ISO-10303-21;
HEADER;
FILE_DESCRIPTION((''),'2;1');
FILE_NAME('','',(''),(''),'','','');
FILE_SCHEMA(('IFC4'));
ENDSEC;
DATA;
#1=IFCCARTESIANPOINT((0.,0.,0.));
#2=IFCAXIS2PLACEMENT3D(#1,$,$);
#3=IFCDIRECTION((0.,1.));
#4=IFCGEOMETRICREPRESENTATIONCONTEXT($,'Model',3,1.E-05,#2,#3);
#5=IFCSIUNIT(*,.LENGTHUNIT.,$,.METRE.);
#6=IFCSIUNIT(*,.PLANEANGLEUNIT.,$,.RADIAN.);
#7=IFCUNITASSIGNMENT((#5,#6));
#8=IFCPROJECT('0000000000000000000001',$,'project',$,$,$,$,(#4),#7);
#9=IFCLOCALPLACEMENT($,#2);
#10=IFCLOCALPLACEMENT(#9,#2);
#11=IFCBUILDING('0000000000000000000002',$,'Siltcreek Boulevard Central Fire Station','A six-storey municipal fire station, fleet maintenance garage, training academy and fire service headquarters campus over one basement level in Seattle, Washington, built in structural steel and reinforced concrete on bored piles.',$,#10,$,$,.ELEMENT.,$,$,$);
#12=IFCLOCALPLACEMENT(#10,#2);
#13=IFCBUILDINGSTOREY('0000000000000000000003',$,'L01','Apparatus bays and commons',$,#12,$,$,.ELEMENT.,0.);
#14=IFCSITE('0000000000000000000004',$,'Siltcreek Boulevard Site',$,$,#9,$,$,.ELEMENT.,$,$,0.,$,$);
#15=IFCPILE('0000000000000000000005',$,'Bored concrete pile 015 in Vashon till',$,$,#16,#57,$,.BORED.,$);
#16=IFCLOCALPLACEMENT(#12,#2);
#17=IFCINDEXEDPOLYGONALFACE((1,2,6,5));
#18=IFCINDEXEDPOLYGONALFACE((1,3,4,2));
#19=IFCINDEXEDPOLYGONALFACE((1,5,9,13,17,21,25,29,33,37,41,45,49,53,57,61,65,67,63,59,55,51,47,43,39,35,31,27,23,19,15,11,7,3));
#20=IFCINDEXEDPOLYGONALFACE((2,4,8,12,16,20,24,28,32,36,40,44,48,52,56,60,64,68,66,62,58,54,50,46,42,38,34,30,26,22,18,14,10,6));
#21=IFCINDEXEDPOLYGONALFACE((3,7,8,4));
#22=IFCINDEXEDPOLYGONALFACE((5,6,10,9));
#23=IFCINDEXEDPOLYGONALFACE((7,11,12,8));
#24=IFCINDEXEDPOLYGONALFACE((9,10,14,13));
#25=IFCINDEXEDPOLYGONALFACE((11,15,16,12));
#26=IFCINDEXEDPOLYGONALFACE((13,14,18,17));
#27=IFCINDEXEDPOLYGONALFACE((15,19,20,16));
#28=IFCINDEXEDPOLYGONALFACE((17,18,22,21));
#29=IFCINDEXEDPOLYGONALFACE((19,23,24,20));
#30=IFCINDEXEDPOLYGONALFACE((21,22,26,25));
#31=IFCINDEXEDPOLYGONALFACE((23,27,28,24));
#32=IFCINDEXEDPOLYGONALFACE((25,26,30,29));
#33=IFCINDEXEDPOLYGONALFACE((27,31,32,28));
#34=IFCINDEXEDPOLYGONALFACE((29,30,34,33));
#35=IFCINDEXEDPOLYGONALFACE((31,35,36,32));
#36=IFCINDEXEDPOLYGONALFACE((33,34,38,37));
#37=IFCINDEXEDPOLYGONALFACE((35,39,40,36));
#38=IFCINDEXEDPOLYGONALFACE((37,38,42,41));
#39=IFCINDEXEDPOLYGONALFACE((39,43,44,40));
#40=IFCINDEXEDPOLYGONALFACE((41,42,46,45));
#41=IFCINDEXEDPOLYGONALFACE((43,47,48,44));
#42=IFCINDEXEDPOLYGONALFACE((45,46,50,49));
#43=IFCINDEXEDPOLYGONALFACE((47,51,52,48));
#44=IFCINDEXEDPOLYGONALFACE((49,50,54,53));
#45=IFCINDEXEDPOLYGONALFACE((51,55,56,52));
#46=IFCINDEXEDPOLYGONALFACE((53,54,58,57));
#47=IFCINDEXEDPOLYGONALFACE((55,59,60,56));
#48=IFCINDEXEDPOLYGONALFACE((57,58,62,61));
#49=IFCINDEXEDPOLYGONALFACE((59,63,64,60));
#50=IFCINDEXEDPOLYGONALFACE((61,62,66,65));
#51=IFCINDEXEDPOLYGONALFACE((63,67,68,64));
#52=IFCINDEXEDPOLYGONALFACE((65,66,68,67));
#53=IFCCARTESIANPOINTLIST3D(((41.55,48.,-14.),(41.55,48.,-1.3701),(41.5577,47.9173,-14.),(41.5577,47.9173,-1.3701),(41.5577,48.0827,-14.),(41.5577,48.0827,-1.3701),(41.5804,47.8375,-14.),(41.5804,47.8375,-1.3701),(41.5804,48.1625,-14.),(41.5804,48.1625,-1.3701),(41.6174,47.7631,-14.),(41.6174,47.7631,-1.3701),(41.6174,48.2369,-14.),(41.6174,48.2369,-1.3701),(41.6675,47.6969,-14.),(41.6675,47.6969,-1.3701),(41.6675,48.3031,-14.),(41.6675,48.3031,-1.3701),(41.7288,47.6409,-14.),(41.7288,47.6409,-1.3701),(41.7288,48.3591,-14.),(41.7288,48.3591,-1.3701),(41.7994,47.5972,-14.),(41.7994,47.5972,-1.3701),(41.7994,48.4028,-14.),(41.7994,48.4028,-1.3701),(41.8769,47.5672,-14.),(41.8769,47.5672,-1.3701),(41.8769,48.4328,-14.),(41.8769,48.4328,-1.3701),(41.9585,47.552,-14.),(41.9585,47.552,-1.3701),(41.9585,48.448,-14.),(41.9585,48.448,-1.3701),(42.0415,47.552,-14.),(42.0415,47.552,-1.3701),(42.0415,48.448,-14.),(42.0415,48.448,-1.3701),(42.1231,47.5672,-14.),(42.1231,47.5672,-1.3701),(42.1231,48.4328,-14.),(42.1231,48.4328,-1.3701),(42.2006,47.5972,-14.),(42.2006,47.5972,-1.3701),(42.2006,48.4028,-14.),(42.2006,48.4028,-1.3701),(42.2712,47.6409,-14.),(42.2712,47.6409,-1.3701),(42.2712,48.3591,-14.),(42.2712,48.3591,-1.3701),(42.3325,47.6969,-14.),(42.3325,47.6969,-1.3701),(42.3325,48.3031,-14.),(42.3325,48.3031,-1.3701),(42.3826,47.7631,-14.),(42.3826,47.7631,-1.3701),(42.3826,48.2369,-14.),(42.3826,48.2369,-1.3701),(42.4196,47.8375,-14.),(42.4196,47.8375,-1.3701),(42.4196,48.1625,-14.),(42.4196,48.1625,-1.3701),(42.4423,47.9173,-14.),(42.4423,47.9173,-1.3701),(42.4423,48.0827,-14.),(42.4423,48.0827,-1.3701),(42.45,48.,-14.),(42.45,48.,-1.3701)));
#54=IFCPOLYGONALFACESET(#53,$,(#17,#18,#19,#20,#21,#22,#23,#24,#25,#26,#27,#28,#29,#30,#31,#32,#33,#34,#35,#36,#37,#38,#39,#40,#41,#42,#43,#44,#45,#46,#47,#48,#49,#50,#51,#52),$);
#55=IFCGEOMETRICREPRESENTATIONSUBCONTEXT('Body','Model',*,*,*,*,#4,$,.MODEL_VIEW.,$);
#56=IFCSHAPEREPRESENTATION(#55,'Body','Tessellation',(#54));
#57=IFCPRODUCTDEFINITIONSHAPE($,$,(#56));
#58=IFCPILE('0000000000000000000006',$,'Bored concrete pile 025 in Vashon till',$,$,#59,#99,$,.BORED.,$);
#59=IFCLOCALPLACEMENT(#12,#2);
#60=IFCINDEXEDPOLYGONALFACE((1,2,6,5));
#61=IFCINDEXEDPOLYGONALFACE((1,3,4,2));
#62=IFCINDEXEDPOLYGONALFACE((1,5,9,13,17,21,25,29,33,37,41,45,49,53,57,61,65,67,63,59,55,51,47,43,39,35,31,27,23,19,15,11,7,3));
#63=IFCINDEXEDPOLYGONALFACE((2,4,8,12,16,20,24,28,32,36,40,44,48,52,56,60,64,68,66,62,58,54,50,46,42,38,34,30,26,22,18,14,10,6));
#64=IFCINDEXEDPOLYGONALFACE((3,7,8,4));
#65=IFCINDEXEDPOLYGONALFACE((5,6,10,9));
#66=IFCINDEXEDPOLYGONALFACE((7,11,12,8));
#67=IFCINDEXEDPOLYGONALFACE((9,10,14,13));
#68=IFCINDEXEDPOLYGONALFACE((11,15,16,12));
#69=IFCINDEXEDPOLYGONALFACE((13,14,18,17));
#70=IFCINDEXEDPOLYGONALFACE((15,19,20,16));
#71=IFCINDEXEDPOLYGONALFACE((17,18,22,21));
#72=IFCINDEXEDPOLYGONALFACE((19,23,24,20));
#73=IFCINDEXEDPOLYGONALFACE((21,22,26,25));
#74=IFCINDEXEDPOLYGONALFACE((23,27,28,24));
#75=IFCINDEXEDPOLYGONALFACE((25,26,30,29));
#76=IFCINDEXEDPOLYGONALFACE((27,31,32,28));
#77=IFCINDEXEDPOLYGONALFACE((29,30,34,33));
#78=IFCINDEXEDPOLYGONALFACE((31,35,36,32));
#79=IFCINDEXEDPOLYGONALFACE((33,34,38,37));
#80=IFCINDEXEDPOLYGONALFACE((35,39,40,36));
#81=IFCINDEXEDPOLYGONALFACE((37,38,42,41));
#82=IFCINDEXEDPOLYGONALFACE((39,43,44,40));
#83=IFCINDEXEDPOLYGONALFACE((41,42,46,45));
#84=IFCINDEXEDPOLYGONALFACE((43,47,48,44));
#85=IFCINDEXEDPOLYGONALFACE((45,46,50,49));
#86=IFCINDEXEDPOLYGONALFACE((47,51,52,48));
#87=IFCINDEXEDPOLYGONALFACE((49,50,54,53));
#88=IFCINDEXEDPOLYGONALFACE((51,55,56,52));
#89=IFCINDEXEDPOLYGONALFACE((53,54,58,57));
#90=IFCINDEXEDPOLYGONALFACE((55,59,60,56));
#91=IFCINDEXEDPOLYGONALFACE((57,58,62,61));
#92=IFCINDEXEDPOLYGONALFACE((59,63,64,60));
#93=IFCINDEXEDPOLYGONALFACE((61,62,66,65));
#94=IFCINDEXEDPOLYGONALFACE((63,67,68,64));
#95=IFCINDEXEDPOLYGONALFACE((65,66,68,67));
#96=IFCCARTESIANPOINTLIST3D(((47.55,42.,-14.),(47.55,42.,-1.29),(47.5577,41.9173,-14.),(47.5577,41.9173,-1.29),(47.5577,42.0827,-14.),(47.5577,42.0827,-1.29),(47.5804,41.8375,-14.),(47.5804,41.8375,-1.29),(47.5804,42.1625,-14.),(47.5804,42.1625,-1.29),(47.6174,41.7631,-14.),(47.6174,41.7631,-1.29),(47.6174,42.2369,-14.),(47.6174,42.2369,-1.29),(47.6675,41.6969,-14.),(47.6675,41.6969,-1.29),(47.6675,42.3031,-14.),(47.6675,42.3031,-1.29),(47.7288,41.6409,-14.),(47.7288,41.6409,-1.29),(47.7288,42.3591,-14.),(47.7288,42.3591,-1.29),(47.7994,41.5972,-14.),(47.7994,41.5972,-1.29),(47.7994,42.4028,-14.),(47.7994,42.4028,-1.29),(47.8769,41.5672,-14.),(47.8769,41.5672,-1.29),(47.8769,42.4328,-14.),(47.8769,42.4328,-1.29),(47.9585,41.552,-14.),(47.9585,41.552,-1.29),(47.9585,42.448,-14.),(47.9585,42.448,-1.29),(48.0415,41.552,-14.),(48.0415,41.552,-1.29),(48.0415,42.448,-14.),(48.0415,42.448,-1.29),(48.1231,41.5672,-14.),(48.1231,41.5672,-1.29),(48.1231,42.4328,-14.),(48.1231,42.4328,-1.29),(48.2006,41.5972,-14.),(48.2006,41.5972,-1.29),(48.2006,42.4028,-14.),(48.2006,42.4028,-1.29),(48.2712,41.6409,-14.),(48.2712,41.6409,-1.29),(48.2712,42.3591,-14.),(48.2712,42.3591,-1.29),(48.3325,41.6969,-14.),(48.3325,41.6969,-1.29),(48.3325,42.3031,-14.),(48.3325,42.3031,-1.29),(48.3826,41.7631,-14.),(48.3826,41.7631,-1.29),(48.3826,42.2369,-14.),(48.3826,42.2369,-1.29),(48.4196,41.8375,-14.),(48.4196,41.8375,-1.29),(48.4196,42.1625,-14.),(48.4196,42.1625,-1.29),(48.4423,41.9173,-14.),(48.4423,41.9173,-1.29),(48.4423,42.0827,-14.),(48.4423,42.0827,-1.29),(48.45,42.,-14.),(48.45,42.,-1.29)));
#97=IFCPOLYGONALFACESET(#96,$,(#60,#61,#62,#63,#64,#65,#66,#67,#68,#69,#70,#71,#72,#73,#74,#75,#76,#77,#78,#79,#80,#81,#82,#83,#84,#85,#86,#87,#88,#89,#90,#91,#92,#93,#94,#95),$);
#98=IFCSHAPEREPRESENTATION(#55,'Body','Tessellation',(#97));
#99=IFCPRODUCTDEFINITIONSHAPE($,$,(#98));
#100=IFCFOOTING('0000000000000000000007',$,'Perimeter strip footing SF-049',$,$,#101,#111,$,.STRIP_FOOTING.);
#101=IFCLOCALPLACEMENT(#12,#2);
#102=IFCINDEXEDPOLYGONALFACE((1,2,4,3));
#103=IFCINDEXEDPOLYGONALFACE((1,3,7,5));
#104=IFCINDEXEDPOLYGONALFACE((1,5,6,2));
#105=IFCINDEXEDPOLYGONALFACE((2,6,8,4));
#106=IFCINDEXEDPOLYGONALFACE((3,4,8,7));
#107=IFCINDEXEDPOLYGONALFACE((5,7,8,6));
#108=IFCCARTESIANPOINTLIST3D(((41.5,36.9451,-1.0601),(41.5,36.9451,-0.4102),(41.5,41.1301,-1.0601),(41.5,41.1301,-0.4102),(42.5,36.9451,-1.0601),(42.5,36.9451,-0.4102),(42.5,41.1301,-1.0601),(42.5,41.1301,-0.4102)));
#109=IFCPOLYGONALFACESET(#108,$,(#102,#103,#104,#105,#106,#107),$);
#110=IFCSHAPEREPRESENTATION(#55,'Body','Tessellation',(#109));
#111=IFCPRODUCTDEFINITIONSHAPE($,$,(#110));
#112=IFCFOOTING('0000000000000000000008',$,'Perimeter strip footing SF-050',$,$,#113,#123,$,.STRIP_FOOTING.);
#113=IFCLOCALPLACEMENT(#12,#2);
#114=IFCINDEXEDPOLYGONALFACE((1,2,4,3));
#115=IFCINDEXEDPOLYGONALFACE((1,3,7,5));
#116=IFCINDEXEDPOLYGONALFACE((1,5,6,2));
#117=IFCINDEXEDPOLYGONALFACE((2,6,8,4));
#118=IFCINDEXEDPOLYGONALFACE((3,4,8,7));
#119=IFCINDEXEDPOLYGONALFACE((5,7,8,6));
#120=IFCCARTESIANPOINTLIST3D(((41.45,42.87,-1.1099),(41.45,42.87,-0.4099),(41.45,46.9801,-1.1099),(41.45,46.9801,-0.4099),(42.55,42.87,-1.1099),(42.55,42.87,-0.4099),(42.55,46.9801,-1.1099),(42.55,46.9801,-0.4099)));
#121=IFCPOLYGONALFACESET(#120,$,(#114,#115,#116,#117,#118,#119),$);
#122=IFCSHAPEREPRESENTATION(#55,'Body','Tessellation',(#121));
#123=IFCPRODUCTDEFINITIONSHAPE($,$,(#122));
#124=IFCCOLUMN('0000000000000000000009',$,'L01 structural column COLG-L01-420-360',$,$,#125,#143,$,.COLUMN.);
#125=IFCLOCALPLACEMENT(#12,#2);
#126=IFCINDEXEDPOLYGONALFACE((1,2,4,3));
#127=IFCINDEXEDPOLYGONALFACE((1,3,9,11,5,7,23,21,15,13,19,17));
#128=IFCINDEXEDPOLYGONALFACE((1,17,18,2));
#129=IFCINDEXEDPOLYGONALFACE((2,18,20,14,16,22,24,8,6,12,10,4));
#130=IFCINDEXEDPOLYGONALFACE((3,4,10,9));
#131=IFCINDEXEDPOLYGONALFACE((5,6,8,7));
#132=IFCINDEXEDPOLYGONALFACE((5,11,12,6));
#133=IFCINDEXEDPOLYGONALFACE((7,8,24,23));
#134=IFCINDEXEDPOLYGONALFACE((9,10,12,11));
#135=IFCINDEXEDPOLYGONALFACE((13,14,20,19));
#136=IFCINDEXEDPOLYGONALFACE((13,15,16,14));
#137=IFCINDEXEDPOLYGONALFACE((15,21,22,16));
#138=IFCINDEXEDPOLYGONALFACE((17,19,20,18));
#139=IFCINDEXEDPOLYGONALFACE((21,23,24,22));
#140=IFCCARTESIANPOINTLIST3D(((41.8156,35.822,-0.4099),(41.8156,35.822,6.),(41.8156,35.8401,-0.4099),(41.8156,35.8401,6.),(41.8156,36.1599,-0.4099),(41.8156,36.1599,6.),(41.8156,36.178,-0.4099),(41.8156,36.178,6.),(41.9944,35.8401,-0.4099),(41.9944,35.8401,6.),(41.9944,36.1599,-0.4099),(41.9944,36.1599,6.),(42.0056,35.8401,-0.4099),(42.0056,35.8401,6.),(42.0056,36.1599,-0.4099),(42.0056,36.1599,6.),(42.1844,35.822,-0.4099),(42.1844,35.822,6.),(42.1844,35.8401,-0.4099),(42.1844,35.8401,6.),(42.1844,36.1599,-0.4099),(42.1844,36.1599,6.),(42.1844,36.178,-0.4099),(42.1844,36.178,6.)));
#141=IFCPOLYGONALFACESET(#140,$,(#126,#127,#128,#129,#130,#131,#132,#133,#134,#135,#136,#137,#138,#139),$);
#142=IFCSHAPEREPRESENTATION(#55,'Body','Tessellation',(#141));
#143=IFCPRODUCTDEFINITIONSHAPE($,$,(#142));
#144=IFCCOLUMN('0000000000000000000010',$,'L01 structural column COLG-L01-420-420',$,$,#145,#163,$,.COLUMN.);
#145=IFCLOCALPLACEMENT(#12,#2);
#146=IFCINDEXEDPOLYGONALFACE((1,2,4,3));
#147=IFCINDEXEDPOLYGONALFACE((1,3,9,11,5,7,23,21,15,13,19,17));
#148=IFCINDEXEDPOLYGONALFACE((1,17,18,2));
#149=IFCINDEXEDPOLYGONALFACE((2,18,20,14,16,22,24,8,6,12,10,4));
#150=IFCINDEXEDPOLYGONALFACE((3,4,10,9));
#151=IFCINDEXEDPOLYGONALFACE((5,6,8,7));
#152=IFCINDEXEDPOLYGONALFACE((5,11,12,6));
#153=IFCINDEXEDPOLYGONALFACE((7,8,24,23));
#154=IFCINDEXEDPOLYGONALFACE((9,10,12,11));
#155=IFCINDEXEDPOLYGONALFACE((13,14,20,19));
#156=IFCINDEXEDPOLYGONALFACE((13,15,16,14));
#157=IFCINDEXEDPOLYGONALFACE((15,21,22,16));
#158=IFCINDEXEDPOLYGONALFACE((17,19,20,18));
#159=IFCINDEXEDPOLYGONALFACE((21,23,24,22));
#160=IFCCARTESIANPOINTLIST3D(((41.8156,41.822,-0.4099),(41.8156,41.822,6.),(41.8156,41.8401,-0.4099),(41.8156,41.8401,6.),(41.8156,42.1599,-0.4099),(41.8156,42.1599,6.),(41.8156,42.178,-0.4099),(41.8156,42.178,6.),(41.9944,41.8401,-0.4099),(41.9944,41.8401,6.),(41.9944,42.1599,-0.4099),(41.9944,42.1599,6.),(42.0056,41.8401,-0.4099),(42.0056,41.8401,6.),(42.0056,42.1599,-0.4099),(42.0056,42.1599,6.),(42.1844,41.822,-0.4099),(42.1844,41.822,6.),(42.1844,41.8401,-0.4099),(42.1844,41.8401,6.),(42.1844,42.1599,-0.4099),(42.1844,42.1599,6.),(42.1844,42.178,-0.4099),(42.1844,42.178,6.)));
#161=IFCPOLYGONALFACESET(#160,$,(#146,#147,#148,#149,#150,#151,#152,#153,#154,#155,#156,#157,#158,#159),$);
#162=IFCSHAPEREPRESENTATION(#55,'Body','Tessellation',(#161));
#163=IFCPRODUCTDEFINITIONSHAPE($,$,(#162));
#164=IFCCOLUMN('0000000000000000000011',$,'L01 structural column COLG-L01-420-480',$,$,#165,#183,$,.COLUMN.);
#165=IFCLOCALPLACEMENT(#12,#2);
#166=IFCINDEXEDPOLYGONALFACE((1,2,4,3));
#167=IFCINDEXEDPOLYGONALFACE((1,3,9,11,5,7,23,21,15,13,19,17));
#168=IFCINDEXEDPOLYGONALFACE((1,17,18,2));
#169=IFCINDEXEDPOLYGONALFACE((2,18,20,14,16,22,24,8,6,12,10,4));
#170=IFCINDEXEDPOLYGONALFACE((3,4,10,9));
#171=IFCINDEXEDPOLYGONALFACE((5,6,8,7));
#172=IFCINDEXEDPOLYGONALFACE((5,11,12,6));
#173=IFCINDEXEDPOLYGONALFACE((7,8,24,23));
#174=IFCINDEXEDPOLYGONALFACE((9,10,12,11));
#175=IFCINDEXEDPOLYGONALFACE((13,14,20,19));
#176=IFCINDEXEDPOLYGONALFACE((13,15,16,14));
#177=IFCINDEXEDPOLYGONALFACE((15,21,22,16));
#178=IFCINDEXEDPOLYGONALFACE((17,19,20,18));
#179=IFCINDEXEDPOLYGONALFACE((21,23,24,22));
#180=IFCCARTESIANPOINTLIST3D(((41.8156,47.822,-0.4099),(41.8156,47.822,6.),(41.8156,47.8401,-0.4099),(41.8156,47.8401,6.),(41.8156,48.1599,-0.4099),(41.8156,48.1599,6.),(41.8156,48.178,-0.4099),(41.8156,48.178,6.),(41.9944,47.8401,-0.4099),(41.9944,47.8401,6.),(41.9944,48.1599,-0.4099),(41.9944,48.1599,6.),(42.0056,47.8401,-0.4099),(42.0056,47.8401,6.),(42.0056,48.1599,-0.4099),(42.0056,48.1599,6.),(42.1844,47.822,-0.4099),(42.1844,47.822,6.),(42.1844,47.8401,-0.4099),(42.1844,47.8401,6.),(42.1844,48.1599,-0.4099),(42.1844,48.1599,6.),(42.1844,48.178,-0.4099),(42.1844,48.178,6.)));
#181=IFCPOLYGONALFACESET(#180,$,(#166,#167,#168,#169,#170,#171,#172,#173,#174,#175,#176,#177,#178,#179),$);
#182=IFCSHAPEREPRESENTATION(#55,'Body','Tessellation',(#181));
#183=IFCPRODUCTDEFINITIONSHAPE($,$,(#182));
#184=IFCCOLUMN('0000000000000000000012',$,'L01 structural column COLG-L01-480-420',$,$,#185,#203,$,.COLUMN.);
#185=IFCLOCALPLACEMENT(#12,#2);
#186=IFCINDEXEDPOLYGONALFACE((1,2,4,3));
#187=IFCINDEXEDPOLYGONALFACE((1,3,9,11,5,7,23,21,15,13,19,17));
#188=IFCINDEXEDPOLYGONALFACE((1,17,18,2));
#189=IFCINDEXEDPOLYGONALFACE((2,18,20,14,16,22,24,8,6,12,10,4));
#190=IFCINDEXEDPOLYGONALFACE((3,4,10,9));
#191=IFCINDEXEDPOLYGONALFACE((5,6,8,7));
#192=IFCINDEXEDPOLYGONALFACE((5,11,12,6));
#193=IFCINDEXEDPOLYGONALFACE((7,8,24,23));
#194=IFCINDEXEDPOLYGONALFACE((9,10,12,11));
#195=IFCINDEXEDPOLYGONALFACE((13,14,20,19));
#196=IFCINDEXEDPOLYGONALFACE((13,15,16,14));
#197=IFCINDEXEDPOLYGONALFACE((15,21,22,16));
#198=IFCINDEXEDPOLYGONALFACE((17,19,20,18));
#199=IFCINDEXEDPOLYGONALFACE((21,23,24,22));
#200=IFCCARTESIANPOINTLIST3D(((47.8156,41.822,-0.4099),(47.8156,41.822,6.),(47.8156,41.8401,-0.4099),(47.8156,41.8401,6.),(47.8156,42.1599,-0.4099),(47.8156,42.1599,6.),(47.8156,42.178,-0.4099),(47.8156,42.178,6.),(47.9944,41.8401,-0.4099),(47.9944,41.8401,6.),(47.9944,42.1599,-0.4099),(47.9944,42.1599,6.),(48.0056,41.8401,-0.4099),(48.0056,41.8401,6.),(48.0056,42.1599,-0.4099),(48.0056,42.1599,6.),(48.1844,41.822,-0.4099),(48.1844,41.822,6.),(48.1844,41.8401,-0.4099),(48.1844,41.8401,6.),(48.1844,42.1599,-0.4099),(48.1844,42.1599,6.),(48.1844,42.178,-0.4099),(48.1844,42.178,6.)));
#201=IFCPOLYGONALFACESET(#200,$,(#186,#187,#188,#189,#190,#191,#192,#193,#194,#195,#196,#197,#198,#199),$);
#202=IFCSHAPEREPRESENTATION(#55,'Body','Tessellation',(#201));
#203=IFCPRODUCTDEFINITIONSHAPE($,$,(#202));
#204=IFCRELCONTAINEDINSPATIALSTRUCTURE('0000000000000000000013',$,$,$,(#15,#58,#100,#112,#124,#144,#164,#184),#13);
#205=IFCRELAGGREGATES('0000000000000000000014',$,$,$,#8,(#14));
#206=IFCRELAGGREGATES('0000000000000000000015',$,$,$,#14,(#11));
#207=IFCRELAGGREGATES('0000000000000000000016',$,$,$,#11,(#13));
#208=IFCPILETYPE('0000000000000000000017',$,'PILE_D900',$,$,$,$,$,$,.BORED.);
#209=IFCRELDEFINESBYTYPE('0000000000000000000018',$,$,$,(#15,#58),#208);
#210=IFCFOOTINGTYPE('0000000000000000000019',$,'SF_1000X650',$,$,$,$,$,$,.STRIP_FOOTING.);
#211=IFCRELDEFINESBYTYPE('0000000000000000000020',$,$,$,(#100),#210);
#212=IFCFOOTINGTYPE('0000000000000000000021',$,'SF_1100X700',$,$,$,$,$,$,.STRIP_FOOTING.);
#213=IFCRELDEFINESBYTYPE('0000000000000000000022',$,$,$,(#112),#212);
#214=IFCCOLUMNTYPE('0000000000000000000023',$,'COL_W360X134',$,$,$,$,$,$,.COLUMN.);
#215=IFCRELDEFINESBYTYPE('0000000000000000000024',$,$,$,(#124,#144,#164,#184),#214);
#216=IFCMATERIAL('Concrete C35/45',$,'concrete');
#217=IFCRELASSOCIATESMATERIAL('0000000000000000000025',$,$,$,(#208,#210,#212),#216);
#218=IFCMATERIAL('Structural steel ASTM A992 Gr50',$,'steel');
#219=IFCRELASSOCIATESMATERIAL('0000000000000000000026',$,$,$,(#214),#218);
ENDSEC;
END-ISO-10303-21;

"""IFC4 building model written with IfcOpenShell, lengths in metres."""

from ifc_helpers import new_model, si_unit, direction, frame, origin, origin_2d, place, context, subcontext, project, spatial, rectangle, circle, i_section, extrude, material, material_profile, profile_set, type_object, element, save


model = new_model("IFC4")

# Units and contexts
model_context = context("Model", 3, precision=1e-05, world=origin(), true_north=direction((0.0, 1.0)))
body_context = subcontext(model_context, "Body", "Model", "MODEL_VIEW")
ifc_project = project(units=[si_unit("LENGTHUNIT", "METRE"), si_unit("PLANEANGLEUNIT", "RADIAN")], contexts=[model_context])

# Site, building, storey
site_placement = place(None, origin())
site = spatial("IfcSite", under=ifc_project, at=site_placement, Name="Siltcreek Boulevard Site", CompositionType="ELEMENT", RefElevation=0.0)
building_placement = place(site_placement, origin())
building = spatial("IfcBuilding", under=site, at=building_placement, Name="Siltcreek Boulevard Central Fire Station", Description="A six-storey municipal fire station, fleet maintenance garage, training academy and fire service headquarters campus over one basement level in Seattle, Washington, built in structural steel and reinforced concrete on bored piles.", CompositionType="ELEMENT")
storey_placement = place(building_placement, origin())
storey = spatial("IfcBuildingStorey", under=building, at=storey_placement, Name="L01", Description="Apparatus bays and commons", CompositionType="ELEMENT", Elevation=0.0)

# Shared definitions
ifc_material_1 = material(Name="Concrete C35/45", Category="concrete")

# Piles
ifc_material_profile_1 = material_profile(ifc_material_1, circle(Radius=0.45, at=origin_2d()), Name="SHAFT900")
ifc_profile_set_1 = profile_set([ifc_material_profile_1], Name="Concrete C35/45")
pile_type_1 = type_object("IfcPileType", Name="PILE_D900", PredefinedType="BORED", material=ifc_profile_set_1)
for number, where, z_axis, x_axis, name in (
    (1, (42.0, 48.0, -1.3701), (0.0, 0.0, -1.0), (1.0, 0.0, 0.0), "Bored concrete pile 015 in Vashon till"),
):
    element("IfcPile", number, at=place(storey_placement, frame(where, z_axis=z_axis, x_axis=x_axis)), inside=storey, type_object=pile_type_1, Name=name, PredefinedType="BORED", context=body_context, shape_type="SweptSolid", body=[
        extrude(circle(Radius=0.45, at=origin_2d()), origin(), (0.0, 0.0, 1.0), 12.6299),
    ])
pile_1_placement = place(storey_placement, frame((48.0, 42.0, -1.29), z_axis=(0.0, 0.0, -1.0), x_axis=(1.0, 0.0, 0.0)))
element("IfcPile", 2, at=pile_1_placement, inside=storey, type_object=pile_type_1, Name="Bored concrete pile 025 in Vashon till", PredefinedType="BORED", context=body_context, shape_type="SweptSolid", body=[
    extrude(circle(Radius=0.45, at=origin_2d()), origin(), (0.0, 0.0, 1.0), 12.71),
])

# Footings
footing_type_1 = type_object("IfcFootingType", Name="SF_1000X650", PredefinedType="STRIP_FOOTING", material=ifc_material_1)
footing_1_placement = place(storey_placement, frame((42.0, 39.0376, -1.0601), z_axis=(0.0, 0.0, 1.0), x_axis=(1.0, 0.0, 0.0)))
element("IfcFooting", 3, at=footing_1_placement, inside=storey, type_object=footing_type_1, Name="Perimeter strip footing SF-049", PredefinedType="STRIP_FOOTING", context=body_context, shape_type="SweptSolid", body=[
    extrude(rectangle(XDim=1.0, YDim=4.1851, at=origin_2d()), origin(), (0.0, 0.0, 1.0), 0.6499),
])
footing_type_2 = type_object("IfcFootingType", Name="SF_1100X700", PredefinedType="STRIP_FOOTING", material=ifc_material_1)
footing_2_placement = place(storey_placement, frame((42.0, 44.925, -1.1099), z_axis=(0.0, 0.0, 1.0), x_axis=(1.0, 0.0, 0.0)))
element("IfcFooting", 4, at=footing_2_placement, inside=storey, type_object=footing_type_2, Name="Perimeter strip footing SF-050", PredefinedType="STRIP_FOOTING", context=body_context, shape_type="SweptSolid", body=[
    extrude(rectangle(XDim=1.1001, YDim=4.1101, at=origin_2d()), origin(), (0.0, 0.0, 1.0), 0.7),
])

# Columns
ifc_material_2 = material(Name="Structural steel ASTM A992 Gr50", Category="steel")
ifc_material_profile_2 = material_profile(ifc_material_2, i_section(OverallWidth=0.3689, OverallDepth=0.356, WebThickness=0.0112, FlangeThickness=0.0181, at=origin_2d()), Name="W360X134")
ifc_profile_set_2 = profile_set([ifc_material_profile_2], Name="Structural steel ASTM A992 Gr50")
column_type = type_object("IfcColumnType", Name="COL_W360X134", PredefinedType="COLUMN", material=ifc_profile_set_2)
for number, where, z_axis, x_axis, name in (
    (5, (42.0, 36.0, -0.4099), (0.0, 0.0, 1.0), (1.0, 0.0, 0.0), "L01 structural column COLG-L01-420-360"),
    (6, (42.0, 42.0, -0.4099), (0.0, 0.0, 1.0), (1.0, 0.0, 0.0), "L01 structural column COLG-L01-420-420"),
    (7, (42.0, 48.0, -0.4099), (0.0, 0.0, 1.0), (1.0, 0.0, 0.0), "L01 structural column COLG-L01-420-480"),
    (8, (48.0, 42.0, -0.4099), (0.0, 0.0, 1.0), (1.0, 0.0, 0.0), "L01 structural column COLG-L01-480-420"),
):
    element("IfcColumn", number, at=place(storey_placement, frame(where, z_axis=z_axis, x_axis=x_axis)), inside=storey, type_object=column_type, Name=name, PredefinedType="COLUMN", context=body_context, shape_type="SweptSolid", body=[
        extrude(i_section(OverallWidth=0.3689, OverallDepth=0.356, WebThickness=0.0112, FlangeThickness=0.0181, at=origin_2d()), origin(), (0.0, 0.0, 1.0), 6.4099),
    ])

save(model, "model.ifc")
